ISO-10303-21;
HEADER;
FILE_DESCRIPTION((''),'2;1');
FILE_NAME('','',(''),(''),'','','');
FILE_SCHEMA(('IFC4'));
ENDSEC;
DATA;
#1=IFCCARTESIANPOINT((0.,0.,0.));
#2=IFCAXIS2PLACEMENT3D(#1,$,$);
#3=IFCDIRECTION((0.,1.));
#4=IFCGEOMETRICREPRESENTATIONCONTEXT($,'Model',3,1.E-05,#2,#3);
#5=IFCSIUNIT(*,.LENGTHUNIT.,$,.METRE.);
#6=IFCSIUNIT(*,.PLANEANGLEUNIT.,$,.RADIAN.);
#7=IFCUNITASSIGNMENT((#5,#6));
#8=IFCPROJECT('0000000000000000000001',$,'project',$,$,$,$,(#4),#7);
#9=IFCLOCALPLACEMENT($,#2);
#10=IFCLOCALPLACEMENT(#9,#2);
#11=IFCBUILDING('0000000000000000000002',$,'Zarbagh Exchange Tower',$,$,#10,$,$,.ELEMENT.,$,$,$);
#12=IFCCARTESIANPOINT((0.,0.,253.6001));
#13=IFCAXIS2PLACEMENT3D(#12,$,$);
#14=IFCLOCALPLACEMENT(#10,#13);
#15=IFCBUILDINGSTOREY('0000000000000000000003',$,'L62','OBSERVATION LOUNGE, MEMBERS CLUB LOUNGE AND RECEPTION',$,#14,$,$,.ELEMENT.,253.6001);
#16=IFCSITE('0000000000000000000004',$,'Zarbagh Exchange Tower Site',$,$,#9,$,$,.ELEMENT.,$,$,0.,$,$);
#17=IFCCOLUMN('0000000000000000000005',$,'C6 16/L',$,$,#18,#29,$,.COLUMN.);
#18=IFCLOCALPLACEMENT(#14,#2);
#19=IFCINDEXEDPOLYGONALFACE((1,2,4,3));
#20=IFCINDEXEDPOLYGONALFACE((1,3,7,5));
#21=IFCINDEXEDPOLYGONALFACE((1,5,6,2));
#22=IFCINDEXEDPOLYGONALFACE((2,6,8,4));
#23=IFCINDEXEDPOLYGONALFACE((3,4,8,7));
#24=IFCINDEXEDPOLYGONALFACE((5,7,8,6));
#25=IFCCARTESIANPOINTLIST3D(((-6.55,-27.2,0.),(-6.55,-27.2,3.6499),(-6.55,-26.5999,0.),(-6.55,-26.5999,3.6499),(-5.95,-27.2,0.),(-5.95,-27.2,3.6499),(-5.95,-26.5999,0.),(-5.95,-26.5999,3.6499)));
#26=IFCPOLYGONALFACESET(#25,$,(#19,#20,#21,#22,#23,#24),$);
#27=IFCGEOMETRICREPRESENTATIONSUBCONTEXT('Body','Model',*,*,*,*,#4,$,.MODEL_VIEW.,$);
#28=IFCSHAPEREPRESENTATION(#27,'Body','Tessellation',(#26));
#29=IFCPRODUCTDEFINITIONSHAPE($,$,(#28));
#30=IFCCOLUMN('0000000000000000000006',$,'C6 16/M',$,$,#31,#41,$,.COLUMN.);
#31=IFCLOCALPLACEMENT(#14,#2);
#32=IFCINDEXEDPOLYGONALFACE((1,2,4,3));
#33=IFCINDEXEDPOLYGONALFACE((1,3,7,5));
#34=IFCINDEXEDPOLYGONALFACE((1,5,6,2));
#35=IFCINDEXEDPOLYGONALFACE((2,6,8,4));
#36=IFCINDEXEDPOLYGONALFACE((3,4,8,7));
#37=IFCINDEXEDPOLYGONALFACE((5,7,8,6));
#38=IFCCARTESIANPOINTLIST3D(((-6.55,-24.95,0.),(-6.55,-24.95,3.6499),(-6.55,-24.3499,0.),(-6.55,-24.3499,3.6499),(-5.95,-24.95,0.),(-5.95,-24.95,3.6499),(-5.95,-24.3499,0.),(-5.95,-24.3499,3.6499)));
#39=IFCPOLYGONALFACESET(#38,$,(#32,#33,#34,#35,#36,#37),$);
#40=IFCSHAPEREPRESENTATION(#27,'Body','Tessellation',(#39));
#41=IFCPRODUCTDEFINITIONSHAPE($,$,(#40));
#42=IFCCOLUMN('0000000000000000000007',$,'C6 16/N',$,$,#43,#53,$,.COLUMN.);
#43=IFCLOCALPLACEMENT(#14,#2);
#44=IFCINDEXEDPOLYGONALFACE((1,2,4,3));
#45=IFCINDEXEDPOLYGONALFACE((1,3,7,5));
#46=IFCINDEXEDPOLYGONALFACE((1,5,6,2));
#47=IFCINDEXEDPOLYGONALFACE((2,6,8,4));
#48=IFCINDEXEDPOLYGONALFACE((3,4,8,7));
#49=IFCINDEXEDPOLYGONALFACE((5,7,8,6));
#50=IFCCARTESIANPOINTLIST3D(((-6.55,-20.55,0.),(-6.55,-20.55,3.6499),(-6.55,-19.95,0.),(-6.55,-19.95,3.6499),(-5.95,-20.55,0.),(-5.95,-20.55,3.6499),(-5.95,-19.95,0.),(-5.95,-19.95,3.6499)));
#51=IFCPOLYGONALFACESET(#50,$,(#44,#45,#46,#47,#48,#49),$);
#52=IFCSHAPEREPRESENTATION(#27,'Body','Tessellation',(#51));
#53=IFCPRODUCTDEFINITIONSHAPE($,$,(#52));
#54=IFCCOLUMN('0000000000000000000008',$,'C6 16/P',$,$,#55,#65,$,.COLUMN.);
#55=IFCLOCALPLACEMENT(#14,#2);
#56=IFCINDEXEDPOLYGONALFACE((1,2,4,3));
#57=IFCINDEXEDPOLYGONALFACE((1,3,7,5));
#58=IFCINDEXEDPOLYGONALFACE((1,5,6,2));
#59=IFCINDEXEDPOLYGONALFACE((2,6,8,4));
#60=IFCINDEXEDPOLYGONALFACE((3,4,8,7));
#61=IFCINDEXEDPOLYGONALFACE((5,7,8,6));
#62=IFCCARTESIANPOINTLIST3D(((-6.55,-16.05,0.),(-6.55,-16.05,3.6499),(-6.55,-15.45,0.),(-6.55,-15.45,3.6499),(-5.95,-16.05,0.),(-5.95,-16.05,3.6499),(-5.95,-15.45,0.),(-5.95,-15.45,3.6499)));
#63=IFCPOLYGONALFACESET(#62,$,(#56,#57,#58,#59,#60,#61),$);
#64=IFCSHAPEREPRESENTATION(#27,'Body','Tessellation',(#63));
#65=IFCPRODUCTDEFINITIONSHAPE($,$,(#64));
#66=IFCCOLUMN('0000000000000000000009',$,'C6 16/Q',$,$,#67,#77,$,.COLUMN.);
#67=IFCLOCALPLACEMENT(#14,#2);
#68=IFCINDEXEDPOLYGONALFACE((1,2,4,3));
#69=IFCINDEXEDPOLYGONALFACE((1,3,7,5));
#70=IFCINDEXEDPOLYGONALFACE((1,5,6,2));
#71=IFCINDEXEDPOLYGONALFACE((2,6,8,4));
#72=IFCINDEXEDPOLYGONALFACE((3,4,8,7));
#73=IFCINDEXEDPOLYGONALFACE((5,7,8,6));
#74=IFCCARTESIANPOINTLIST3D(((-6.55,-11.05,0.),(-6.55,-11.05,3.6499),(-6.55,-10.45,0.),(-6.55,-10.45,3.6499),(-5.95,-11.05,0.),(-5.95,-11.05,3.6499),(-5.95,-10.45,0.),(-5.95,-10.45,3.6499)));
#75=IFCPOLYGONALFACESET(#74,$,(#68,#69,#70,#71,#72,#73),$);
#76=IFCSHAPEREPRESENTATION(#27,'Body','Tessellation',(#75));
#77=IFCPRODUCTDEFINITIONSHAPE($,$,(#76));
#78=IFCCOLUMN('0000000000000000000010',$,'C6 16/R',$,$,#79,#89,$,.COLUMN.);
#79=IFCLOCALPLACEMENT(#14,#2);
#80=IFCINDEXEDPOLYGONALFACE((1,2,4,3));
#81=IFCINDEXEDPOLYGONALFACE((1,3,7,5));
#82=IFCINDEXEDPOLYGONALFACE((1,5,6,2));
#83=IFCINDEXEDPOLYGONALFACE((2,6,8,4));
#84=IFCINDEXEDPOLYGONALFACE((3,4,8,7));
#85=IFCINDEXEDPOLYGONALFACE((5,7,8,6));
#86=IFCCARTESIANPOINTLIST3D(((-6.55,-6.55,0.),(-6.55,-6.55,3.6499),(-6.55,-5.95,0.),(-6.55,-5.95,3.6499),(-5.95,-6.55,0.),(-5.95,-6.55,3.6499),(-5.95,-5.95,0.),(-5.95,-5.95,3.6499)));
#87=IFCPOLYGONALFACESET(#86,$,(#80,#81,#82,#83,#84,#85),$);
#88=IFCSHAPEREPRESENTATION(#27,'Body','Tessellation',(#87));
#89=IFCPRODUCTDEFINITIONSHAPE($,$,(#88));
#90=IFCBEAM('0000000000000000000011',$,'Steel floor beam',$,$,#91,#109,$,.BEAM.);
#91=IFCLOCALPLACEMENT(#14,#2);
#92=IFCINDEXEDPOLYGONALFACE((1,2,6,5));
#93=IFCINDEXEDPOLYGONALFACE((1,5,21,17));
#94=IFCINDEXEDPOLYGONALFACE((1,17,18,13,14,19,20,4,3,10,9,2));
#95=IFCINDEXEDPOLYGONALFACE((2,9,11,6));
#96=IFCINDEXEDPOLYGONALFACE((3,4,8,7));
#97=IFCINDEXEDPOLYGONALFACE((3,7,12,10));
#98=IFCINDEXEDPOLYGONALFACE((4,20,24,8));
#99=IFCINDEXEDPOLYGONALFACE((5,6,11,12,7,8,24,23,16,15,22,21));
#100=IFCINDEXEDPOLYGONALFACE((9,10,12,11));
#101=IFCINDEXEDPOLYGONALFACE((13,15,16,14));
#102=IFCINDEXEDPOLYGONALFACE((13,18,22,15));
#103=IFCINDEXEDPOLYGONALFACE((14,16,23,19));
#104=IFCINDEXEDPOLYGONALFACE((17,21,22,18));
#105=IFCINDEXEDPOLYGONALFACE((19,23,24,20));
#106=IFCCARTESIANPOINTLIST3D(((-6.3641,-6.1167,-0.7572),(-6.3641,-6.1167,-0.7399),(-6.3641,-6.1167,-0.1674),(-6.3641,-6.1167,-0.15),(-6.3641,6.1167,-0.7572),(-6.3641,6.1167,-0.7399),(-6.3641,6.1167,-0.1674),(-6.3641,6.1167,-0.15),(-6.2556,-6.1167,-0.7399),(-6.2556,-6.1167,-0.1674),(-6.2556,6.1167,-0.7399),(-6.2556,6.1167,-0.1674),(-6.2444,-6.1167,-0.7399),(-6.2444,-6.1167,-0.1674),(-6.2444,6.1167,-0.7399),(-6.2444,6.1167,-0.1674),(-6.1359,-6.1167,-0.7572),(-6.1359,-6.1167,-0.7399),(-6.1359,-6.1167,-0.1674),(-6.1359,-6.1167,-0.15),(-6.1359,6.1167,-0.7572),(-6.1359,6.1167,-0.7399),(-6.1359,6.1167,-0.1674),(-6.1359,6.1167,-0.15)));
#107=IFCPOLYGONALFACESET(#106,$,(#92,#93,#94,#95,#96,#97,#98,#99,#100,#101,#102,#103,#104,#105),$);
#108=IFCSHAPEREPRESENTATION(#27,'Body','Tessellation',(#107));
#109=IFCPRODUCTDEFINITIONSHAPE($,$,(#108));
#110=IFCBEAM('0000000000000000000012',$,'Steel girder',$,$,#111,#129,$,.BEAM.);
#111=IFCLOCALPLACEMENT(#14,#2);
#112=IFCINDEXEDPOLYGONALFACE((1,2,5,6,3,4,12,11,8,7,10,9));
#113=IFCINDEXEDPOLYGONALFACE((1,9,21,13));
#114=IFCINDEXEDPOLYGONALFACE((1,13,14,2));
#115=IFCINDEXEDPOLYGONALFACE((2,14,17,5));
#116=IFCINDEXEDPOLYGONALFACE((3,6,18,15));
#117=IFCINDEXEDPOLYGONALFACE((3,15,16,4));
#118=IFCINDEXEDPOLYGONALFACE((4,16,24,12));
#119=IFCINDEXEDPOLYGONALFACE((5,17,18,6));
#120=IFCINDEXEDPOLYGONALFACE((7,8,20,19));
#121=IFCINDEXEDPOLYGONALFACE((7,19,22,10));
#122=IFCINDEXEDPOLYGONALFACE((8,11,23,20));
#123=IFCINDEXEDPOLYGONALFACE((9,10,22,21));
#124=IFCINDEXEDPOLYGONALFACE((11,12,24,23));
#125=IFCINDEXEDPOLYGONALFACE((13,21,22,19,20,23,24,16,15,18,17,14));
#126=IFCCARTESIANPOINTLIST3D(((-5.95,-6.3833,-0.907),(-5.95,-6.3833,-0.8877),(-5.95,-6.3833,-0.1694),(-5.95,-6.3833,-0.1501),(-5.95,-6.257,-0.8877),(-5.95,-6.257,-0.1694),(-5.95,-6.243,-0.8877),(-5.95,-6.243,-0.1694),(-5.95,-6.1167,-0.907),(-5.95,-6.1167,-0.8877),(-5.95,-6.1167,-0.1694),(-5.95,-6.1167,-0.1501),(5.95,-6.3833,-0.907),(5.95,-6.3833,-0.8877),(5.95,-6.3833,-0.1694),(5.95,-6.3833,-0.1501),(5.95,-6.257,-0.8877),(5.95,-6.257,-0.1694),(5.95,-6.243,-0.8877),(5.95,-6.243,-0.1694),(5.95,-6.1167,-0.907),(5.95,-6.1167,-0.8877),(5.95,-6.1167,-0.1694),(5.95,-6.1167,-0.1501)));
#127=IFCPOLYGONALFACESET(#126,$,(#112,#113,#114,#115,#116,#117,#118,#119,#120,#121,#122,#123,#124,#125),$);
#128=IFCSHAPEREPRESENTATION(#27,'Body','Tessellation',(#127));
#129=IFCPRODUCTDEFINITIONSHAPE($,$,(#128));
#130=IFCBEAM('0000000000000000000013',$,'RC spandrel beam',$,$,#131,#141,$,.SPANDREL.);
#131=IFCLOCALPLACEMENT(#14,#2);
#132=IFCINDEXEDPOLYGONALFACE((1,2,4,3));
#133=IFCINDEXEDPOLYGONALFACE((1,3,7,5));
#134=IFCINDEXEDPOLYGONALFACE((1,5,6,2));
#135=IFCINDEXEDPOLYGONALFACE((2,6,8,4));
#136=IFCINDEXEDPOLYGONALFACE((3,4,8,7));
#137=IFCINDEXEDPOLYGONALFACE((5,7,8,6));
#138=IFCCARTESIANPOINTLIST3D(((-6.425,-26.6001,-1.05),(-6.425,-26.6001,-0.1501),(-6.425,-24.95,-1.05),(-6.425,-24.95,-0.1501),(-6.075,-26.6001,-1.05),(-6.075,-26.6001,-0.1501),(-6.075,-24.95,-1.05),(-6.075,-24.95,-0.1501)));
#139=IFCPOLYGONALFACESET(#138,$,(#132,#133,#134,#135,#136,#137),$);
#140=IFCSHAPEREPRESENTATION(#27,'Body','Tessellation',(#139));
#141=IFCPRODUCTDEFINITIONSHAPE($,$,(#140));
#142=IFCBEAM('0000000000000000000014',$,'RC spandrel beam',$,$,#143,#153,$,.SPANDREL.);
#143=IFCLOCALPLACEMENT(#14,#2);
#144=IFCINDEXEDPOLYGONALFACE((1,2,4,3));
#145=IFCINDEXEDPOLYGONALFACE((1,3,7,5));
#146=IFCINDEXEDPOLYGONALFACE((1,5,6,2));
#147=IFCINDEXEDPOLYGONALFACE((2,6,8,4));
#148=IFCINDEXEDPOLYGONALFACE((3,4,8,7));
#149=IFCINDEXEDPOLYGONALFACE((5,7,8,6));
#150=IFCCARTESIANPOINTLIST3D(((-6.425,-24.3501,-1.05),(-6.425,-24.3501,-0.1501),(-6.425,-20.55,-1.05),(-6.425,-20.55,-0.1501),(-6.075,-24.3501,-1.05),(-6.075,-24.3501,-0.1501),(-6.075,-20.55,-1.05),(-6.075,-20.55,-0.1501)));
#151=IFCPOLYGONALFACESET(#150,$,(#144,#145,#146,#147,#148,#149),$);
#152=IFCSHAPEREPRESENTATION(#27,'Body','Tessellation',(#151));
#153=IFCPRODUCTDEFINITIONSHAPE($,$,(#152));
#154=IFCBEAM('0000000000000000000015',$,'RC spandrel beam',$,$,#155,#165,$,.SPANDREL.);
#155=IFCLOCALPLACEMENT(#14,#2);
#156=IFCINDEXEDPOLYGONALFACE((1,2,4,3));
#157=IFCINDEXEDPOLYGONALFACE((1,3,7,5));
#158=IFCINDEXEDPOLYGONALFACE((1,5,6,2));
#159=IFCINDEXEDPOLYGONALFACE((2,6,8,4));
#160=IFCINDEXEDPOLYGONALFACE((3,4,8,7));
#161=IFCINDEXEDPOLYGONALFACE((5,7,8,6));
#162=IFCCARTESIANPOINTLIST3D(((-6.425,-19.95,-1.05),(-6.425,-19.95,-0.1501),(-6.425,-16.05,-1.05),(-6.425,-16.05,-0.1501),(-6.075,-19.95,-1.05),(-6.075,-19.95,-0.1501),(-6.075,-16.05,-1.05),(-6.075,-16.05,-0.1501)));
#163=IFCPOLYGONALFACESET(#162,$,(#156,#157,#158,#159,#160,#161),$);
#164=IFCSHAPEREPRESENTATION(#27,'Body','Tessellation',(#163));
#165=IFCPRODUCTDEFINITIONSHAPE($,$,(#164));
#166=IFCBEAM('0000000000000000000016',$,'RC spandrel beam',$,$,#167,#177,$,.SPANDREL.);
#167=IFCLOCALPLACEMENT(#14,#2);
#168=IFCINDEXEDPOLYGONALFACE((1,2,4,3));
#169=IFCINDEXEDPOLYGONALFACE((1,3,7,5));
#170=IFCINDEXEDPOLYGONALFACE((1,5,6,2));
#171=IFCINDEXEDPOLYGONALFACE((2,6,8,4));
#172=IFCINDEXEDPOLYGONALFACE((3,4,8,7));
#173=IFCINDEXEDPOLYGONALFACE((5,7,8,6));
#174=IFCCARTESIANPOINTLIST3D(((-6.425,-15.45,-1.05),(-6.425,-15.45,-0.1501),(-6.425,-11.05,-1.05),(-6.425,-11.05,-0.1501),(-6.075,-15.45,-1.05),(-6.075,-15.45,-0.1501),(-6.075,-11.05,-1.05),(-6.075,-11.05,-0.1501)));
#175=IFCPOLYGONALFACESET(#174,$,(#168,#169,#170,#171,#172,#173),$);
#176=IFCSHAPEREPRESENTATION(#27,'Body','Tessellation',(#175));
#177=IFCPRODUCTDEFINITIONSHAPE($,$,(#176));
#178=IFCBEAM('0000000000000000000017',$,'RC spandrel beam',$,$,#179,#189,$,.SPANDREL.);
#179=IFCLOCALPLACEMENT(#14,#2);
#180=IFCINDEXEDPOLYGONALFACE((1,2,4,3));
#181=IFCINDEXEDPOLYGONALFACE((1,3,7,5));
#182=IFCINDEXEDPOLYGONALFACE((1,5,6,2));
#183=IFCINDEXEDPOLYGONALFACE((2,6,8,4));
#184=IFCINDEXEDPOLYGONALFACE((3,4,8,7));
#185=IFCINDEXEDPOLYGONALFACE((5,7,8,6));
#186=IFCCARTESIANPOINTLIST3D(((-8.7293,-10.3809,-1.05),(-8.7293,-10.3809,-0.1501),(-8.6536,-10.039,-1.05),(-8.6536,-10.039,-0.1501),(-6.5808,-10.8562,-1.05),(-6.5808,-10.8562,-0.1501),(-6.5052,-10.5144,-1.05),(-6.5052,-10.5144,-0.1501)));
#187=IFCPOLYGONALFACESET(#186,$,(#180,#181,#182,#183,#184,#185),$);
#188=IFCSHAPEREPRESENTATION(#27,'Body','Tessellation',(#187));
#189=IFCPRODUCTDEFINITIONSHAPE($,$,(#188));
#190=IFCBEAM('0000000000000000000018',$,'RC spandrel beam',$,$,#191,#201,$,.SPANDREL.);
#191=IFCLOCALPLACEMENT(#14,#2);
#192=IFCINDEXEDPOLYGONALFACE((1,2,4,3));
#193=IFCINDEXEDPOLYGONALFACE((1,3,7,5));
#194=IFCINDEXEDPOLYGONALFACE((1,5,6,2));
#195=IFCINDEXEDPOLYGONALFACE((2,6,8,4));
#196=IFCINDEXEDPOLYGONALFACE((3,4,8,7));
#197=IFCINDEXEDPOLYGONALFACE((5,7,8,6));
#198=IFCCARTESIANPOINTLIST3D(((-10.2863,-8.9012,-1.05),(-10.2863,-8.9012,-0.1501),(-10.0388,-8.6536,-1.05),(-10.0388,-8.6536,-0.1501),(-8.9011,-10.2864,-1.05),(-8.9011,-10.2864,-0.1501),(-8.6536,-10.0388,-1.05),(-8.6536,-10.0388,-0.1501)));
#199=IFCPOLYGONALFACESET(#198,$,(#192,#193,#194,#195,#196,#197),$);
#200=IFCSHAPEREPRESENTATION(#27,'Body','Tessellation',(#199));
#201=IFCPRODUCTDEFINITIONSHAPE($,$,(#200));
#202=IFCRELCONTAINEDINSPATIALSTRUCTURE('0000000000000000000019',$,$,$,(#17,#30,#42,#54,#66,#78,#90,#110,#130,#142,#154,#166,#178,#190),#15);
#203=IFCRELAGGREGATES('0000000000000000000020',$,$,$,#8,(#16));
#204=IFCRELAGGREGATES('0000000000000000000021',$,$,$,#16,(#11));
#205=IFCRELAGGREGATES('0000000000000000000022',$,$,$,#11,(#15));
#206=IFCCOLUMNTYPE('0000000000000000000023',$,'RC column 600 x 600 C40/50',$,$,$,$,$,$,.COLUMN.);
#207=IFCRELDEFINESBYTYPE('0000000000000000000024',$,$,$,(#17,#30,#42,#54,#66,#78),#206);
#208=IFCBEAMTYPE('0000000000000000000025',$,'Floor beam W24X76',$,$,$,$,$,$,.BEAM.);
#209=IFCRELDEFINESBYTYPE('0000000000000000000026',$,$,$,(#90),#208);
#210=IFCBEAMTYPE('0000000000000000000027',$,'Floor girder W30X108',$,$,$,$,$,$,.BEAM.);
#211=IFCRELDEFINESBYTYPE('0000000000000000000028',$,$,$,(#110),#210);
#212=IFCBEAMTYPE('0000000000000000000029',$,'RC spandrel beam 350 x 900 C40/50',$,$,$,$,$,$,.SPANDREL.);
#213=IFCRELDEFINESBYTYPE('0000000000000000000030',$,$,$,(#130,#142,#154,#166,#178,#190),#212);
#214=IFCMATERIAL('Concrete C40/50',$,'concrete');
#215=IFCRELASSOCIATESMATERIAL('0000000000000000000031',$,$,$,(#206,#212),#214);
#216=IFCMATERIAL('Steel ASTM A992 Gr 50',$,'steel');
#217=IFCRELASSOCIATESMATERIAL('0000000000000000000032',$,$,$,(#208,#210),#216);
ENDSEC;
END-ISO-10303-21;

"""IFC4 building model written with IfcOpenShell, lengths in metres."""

from ifc_helpers import new_model, si_unit, direction, frame, origin, origin_2d, place, context, subcontext, project, spatial, rectangle, i_section, extrude, material, material_profile, profile_set, type_object, element, save


model = new_model("IFC4")

# Units and contexts
model_context = context("Model", 3, precision=1e-05, world=origin(), true_north=direction((0.0, 1.0)))
body_context = subcontext(model_context, "Body", "Model", "MODEL_VIEW")
ifc_project = project(units=[si_unit("LENGTHUNIT", "METRE"), si_unit("PLANEANGLEUNIT", "RADIAN")], contexts=[model_context])

# Site, building, storey
site_placement = place(None, origin())
site = spatial("IfcSite", under=ifc_project, at=site_placement, Name="Zarbagh Exchange Tower Site", CompositionType="ELEMENT", RefElevation=0.0)
building_placement = place(site_placement, origin())
building = spatial("IfcBuilding", under=site, at=building_placement, Name="Zarbagh Exchange Tower", CompositionType="ELEMENT")
storey_placement = place(building_placement, frame((0.0, 0.0, 253.6001)))
storey = spatial("IfcBuildingStorey", under=building, at=storey_placement, Name="L62", Description="OBSERVATION LOUNGE, MEMBERS CLUB LOUNGE AND RECEPTION", CompositionType="ELEMENT", Elevation=253.6001)

# Columns
ifc_material_1 = material(Name="Concrete C40/50", Category="concrete")
ifc_material_profile_1 = material_profile(ifc_material_1, rectangle(XDim=0.6001, YDim=0.6001, at=origin_2d()), Name="RC column 600 x 600 C40/50")
ifc_profile_set_1 = profile_set([ifc_material_profile_1], Name="Concrete C40/50")
column_type = type_object("IfcColumnType", Name="RC column 600 x 600 C40/50", PredefinedType="COLUMN", material=ifc_profile_set_1)
for number, where, z_axis, x_axis, name in (
    (1, (-6.25, -26.8999, 0.0), (0.0, 0.0, 1.0), (1.0, 0.0, 0.0), "C6 16/L"),
    (2, (-6.25, -24.6499, 0.0), (0.0, 0.0, 1.0), (1.0, 0.0, 0.0), "C6 16/M"),
    (3, (-6.25, -20.25, 0.0), (0.0, 0.0, 1.0), (1.0, 0.0, 0.0), "C6 16/N"),
    (4, (-6.25, -15.75, 0.0), (0.0, 0.0, 1.0), (1.0, 0.0, 0.0), "C6 16/P"),
    (5, (-6.25, -10.75, 0.0), (0.0, 0.0, 1.0), (1.0, 0.0, 0.0), "C6 16/Q"),
    (6, (-6.25, -6.25, 0.0), (0.0, 0.0, 1.0), (1.0, 0.0, 0.0), "C6 16/R"),
):
    element("IfcColumn", number, at=place(storey_placement, frame(where, z_axis=z_axis, x_axis=x_axis)), inside=storey, type_object=column_type, Name=name, PredefinedType="COLUMN", context=body_context, shape_type="SweptSolid", body=[
        extrude(rectangle(XDim=0.6001, YDim=0.6001, at=origin_2d()), origin(), (0.0, 0.0, 1.0), 3.6499),
    ])

# Beams
ifc_material_2 = material(Name="Steel ASTM A992 Gr 50", Category="steel")
ifc_material_profile_2 = material_profile(ifc_material_2, i_section(OverallWidth=0.2283, OverallDepth=0.6072, WebThickness=0.0112, FlangeThickness=0.0173, at=origin_2d()), Name="W24X76")
ifc_profile_set_2 = profile_set([ifc_material_profile_2], Name="Steel ASTM A992 Gr 50")
beam_type_1 = type_object("IfcBeamType", Name="Floor beam W24X76", PredefinedType="BEAM", material=ifc_profile_set_2)
beam_1_placement = place(storey_placement, frame((-6.25, -6.1167, -0.4536), z_axis=(0.0, 1.0, 0.0), x_axis=(-1.0, 0.0, 0.0)))
element("IfcBeam", 7, at=beam_1_placement, inside=storey, type_object=beam_type_1, Name="Steel floor beam", PredefinedType="BEAM", context=body_context, shape_type="SweptSolid", body=[
    extrude(i_section(OverallWidth=0.2283, OverallDepth=0.6072, WebThickness=0.0112, FlangeThickness=0.0173, at=origin_2d()), origin(), (0.0, 0.0, 1.0), 12.2334),
])
ifc_material_profile_3 = material_profile(ifc_material_2, i_section(OverallWidth=0.2666, OverallDepth=0.7568, WebThickness=0.0139, FlangeThickness=0.0193, at=origin_2d()), Name="W30X108")
ifc_profile_set_3 = profile_set([ifc_material_profile_3], Name="Steel ASTM A992 Gr 50")
beam_type_2 = type_object("IfcBeamType", Name="Floor girder W30X108", PredefinedType="BEAM", material=ifc_profile_set_3)
beam_2_placement = place(storey_placement, frame((-5.95, -6.25, -0.5286), z_axis=(1.0, 0.0, 0.0), x_axis=(0.0, 1.0, 0.0)))
element("IfcBeam", 8, at=beam_2_placement, inside=storey, type_object=beam_type_2, Name="Steel girder", PredefinedType="BEAM", context=body_context, shape_type="SweptSolid", body=[
    extrude(i_section(OverallWidth=0.2666, OverallDepth=0.7568, WebThickness=0.0139, FlangeThickness=0.0193, at=origin_2d()), origin(), (0.0, 0.0, 1.0), 11.8999),
])
ifc_material_profile_4 = material_profile(ifc_material_1, rectangle(XDim=0.3501, YDim=0.8999, at=origin_2d()), Name="RC spandrel beam 350 x 900 C40/50")
ifc_profile_set_4 = profile_set([ifc_material_profile_4], Name="Concrete C40/50")
beam_type_3 = type_object("IfcBeamType", Name="RC spandrel beam 350 x 900 C40/50", PredefinedType="SPANDREL", material=ifc_profile_set_4)
beam_3_placement = place(storey_placement, frame((-6.25, -26.6001, -0.6001), z_axis=(0.0, 1.0, 0.0), x_axis=(-1.0, 0.0, 0.0)))
element("IfcBeam", 9, at=beam_3_placement, inside=storey, type_object=beam_type_3, Name="RC spandrel beam", PredefinedType="SPANDREL", context=body_context, shape_type="SweptSolid", body=[
    extrude(rectangle(XDim=0.3501, YDim=0.8999, at=origin_2d()), origin(), (0.0, 0.0, 1.0), 1.6501),
])
beam_4_placement = place(storey_placement, frame((-6.25, -24.3501, -0.6001), z_axis=(0.0, 1.0, 0.0), x_axis=(-1.0, 0.0, 0.0)))
element("IfcBeam", 10, at=beam_4_placement, inside=storey, type_object=beam_type_3, Name="RC spandrel beam", PredefinedType="SPANDREL", context=body_context, shape_type="SweptSolid", body=[
    extrude(rectangle(XDim=0.3501, YDim=0.8999, at=origin_2d()), origin(), (0.0, 0.0, 1.0), 3.8),
])
beam_5_placement = place(storey_placement, frame((-6.25, -19.95, -0.6001), z_axis=(0.0, 1.0, 0.0), x_axis=(-1.0, 0.0, 0.0)))
element("IfcBeam", 11, at=beam_5_placement, inside=storey, type_object=beam_type_3, Name="RC spandrel beam", PredefinedType="SPANDREL", context=body_context, shape_type="SweptSolid", body=[
    extrude(rectangle(XDim=0.3501, YDim=0.8999, at=origin_2d()), origin(), (0.0, 0.0, 1.0), 3.8999),
])
beam_6_placement = place(storey_placement, frame((-6.25, -15.45, -0.6001), z_axis=(0.0, 1.0, 0.0), x_axis=(-1.0, 0.0, 0.0)))
element("IfcBeam", 12, at=beam_6_placement, inside=storey, type_object=beam_type_3, Name="RC spandrel beam", PredefinedType="SPANDREL", context=body_context, shape_type="SweptSolid", body=[
    extrude(rectangle(XDim=0.3501, YDim=0.8999, at=origin_2d()), origin(), (0.0, 0.0, 1.0), 4.3999),
])
beam_7_placement = place(storey_placement, frame((-6.543, -10.6853, -0.6001), z_axis=(-0.976388, 0.216026, 0.0), x_axis=(-0.216026, -0.976388, 0.0)))
element("IfcBeam", 13, at=beam_7_placement, inside=storey, type_object=beam_type_3, Name="RC spandrel beam", PredefinedType="SPANDREL", context=body_context, shape_type="SweptSolid", body=[
    extrude(rectangle(XDim=0.3501, YDim=0.8999, at=origin_2d()), origin(), (0.0, 0.0, 1.0), 2.2004),
])
beam_8_placement = place(storey_placement, frame((-8.7773, -10.1626, -0.6001), z_axis=(-0.707107, 0.707107, 0.0), x_axis=(-0.707107, -0.707107, 0.0)))
element("IfcBeam", 14, at=beam_8_placement, inside=storey, type_object=beam_type_3, Name="RC spandrel beam", PredefinedType="SPANDREL", context=body_context, shape_type="SweptSolid", body=[
    extrude(rectangle(XDim=0.3501, YDim=0.8999, at=origin_2d()), origin(), (0.0, 0.0, 1.0), 1.959),
])

save(model, "model.ifc")
